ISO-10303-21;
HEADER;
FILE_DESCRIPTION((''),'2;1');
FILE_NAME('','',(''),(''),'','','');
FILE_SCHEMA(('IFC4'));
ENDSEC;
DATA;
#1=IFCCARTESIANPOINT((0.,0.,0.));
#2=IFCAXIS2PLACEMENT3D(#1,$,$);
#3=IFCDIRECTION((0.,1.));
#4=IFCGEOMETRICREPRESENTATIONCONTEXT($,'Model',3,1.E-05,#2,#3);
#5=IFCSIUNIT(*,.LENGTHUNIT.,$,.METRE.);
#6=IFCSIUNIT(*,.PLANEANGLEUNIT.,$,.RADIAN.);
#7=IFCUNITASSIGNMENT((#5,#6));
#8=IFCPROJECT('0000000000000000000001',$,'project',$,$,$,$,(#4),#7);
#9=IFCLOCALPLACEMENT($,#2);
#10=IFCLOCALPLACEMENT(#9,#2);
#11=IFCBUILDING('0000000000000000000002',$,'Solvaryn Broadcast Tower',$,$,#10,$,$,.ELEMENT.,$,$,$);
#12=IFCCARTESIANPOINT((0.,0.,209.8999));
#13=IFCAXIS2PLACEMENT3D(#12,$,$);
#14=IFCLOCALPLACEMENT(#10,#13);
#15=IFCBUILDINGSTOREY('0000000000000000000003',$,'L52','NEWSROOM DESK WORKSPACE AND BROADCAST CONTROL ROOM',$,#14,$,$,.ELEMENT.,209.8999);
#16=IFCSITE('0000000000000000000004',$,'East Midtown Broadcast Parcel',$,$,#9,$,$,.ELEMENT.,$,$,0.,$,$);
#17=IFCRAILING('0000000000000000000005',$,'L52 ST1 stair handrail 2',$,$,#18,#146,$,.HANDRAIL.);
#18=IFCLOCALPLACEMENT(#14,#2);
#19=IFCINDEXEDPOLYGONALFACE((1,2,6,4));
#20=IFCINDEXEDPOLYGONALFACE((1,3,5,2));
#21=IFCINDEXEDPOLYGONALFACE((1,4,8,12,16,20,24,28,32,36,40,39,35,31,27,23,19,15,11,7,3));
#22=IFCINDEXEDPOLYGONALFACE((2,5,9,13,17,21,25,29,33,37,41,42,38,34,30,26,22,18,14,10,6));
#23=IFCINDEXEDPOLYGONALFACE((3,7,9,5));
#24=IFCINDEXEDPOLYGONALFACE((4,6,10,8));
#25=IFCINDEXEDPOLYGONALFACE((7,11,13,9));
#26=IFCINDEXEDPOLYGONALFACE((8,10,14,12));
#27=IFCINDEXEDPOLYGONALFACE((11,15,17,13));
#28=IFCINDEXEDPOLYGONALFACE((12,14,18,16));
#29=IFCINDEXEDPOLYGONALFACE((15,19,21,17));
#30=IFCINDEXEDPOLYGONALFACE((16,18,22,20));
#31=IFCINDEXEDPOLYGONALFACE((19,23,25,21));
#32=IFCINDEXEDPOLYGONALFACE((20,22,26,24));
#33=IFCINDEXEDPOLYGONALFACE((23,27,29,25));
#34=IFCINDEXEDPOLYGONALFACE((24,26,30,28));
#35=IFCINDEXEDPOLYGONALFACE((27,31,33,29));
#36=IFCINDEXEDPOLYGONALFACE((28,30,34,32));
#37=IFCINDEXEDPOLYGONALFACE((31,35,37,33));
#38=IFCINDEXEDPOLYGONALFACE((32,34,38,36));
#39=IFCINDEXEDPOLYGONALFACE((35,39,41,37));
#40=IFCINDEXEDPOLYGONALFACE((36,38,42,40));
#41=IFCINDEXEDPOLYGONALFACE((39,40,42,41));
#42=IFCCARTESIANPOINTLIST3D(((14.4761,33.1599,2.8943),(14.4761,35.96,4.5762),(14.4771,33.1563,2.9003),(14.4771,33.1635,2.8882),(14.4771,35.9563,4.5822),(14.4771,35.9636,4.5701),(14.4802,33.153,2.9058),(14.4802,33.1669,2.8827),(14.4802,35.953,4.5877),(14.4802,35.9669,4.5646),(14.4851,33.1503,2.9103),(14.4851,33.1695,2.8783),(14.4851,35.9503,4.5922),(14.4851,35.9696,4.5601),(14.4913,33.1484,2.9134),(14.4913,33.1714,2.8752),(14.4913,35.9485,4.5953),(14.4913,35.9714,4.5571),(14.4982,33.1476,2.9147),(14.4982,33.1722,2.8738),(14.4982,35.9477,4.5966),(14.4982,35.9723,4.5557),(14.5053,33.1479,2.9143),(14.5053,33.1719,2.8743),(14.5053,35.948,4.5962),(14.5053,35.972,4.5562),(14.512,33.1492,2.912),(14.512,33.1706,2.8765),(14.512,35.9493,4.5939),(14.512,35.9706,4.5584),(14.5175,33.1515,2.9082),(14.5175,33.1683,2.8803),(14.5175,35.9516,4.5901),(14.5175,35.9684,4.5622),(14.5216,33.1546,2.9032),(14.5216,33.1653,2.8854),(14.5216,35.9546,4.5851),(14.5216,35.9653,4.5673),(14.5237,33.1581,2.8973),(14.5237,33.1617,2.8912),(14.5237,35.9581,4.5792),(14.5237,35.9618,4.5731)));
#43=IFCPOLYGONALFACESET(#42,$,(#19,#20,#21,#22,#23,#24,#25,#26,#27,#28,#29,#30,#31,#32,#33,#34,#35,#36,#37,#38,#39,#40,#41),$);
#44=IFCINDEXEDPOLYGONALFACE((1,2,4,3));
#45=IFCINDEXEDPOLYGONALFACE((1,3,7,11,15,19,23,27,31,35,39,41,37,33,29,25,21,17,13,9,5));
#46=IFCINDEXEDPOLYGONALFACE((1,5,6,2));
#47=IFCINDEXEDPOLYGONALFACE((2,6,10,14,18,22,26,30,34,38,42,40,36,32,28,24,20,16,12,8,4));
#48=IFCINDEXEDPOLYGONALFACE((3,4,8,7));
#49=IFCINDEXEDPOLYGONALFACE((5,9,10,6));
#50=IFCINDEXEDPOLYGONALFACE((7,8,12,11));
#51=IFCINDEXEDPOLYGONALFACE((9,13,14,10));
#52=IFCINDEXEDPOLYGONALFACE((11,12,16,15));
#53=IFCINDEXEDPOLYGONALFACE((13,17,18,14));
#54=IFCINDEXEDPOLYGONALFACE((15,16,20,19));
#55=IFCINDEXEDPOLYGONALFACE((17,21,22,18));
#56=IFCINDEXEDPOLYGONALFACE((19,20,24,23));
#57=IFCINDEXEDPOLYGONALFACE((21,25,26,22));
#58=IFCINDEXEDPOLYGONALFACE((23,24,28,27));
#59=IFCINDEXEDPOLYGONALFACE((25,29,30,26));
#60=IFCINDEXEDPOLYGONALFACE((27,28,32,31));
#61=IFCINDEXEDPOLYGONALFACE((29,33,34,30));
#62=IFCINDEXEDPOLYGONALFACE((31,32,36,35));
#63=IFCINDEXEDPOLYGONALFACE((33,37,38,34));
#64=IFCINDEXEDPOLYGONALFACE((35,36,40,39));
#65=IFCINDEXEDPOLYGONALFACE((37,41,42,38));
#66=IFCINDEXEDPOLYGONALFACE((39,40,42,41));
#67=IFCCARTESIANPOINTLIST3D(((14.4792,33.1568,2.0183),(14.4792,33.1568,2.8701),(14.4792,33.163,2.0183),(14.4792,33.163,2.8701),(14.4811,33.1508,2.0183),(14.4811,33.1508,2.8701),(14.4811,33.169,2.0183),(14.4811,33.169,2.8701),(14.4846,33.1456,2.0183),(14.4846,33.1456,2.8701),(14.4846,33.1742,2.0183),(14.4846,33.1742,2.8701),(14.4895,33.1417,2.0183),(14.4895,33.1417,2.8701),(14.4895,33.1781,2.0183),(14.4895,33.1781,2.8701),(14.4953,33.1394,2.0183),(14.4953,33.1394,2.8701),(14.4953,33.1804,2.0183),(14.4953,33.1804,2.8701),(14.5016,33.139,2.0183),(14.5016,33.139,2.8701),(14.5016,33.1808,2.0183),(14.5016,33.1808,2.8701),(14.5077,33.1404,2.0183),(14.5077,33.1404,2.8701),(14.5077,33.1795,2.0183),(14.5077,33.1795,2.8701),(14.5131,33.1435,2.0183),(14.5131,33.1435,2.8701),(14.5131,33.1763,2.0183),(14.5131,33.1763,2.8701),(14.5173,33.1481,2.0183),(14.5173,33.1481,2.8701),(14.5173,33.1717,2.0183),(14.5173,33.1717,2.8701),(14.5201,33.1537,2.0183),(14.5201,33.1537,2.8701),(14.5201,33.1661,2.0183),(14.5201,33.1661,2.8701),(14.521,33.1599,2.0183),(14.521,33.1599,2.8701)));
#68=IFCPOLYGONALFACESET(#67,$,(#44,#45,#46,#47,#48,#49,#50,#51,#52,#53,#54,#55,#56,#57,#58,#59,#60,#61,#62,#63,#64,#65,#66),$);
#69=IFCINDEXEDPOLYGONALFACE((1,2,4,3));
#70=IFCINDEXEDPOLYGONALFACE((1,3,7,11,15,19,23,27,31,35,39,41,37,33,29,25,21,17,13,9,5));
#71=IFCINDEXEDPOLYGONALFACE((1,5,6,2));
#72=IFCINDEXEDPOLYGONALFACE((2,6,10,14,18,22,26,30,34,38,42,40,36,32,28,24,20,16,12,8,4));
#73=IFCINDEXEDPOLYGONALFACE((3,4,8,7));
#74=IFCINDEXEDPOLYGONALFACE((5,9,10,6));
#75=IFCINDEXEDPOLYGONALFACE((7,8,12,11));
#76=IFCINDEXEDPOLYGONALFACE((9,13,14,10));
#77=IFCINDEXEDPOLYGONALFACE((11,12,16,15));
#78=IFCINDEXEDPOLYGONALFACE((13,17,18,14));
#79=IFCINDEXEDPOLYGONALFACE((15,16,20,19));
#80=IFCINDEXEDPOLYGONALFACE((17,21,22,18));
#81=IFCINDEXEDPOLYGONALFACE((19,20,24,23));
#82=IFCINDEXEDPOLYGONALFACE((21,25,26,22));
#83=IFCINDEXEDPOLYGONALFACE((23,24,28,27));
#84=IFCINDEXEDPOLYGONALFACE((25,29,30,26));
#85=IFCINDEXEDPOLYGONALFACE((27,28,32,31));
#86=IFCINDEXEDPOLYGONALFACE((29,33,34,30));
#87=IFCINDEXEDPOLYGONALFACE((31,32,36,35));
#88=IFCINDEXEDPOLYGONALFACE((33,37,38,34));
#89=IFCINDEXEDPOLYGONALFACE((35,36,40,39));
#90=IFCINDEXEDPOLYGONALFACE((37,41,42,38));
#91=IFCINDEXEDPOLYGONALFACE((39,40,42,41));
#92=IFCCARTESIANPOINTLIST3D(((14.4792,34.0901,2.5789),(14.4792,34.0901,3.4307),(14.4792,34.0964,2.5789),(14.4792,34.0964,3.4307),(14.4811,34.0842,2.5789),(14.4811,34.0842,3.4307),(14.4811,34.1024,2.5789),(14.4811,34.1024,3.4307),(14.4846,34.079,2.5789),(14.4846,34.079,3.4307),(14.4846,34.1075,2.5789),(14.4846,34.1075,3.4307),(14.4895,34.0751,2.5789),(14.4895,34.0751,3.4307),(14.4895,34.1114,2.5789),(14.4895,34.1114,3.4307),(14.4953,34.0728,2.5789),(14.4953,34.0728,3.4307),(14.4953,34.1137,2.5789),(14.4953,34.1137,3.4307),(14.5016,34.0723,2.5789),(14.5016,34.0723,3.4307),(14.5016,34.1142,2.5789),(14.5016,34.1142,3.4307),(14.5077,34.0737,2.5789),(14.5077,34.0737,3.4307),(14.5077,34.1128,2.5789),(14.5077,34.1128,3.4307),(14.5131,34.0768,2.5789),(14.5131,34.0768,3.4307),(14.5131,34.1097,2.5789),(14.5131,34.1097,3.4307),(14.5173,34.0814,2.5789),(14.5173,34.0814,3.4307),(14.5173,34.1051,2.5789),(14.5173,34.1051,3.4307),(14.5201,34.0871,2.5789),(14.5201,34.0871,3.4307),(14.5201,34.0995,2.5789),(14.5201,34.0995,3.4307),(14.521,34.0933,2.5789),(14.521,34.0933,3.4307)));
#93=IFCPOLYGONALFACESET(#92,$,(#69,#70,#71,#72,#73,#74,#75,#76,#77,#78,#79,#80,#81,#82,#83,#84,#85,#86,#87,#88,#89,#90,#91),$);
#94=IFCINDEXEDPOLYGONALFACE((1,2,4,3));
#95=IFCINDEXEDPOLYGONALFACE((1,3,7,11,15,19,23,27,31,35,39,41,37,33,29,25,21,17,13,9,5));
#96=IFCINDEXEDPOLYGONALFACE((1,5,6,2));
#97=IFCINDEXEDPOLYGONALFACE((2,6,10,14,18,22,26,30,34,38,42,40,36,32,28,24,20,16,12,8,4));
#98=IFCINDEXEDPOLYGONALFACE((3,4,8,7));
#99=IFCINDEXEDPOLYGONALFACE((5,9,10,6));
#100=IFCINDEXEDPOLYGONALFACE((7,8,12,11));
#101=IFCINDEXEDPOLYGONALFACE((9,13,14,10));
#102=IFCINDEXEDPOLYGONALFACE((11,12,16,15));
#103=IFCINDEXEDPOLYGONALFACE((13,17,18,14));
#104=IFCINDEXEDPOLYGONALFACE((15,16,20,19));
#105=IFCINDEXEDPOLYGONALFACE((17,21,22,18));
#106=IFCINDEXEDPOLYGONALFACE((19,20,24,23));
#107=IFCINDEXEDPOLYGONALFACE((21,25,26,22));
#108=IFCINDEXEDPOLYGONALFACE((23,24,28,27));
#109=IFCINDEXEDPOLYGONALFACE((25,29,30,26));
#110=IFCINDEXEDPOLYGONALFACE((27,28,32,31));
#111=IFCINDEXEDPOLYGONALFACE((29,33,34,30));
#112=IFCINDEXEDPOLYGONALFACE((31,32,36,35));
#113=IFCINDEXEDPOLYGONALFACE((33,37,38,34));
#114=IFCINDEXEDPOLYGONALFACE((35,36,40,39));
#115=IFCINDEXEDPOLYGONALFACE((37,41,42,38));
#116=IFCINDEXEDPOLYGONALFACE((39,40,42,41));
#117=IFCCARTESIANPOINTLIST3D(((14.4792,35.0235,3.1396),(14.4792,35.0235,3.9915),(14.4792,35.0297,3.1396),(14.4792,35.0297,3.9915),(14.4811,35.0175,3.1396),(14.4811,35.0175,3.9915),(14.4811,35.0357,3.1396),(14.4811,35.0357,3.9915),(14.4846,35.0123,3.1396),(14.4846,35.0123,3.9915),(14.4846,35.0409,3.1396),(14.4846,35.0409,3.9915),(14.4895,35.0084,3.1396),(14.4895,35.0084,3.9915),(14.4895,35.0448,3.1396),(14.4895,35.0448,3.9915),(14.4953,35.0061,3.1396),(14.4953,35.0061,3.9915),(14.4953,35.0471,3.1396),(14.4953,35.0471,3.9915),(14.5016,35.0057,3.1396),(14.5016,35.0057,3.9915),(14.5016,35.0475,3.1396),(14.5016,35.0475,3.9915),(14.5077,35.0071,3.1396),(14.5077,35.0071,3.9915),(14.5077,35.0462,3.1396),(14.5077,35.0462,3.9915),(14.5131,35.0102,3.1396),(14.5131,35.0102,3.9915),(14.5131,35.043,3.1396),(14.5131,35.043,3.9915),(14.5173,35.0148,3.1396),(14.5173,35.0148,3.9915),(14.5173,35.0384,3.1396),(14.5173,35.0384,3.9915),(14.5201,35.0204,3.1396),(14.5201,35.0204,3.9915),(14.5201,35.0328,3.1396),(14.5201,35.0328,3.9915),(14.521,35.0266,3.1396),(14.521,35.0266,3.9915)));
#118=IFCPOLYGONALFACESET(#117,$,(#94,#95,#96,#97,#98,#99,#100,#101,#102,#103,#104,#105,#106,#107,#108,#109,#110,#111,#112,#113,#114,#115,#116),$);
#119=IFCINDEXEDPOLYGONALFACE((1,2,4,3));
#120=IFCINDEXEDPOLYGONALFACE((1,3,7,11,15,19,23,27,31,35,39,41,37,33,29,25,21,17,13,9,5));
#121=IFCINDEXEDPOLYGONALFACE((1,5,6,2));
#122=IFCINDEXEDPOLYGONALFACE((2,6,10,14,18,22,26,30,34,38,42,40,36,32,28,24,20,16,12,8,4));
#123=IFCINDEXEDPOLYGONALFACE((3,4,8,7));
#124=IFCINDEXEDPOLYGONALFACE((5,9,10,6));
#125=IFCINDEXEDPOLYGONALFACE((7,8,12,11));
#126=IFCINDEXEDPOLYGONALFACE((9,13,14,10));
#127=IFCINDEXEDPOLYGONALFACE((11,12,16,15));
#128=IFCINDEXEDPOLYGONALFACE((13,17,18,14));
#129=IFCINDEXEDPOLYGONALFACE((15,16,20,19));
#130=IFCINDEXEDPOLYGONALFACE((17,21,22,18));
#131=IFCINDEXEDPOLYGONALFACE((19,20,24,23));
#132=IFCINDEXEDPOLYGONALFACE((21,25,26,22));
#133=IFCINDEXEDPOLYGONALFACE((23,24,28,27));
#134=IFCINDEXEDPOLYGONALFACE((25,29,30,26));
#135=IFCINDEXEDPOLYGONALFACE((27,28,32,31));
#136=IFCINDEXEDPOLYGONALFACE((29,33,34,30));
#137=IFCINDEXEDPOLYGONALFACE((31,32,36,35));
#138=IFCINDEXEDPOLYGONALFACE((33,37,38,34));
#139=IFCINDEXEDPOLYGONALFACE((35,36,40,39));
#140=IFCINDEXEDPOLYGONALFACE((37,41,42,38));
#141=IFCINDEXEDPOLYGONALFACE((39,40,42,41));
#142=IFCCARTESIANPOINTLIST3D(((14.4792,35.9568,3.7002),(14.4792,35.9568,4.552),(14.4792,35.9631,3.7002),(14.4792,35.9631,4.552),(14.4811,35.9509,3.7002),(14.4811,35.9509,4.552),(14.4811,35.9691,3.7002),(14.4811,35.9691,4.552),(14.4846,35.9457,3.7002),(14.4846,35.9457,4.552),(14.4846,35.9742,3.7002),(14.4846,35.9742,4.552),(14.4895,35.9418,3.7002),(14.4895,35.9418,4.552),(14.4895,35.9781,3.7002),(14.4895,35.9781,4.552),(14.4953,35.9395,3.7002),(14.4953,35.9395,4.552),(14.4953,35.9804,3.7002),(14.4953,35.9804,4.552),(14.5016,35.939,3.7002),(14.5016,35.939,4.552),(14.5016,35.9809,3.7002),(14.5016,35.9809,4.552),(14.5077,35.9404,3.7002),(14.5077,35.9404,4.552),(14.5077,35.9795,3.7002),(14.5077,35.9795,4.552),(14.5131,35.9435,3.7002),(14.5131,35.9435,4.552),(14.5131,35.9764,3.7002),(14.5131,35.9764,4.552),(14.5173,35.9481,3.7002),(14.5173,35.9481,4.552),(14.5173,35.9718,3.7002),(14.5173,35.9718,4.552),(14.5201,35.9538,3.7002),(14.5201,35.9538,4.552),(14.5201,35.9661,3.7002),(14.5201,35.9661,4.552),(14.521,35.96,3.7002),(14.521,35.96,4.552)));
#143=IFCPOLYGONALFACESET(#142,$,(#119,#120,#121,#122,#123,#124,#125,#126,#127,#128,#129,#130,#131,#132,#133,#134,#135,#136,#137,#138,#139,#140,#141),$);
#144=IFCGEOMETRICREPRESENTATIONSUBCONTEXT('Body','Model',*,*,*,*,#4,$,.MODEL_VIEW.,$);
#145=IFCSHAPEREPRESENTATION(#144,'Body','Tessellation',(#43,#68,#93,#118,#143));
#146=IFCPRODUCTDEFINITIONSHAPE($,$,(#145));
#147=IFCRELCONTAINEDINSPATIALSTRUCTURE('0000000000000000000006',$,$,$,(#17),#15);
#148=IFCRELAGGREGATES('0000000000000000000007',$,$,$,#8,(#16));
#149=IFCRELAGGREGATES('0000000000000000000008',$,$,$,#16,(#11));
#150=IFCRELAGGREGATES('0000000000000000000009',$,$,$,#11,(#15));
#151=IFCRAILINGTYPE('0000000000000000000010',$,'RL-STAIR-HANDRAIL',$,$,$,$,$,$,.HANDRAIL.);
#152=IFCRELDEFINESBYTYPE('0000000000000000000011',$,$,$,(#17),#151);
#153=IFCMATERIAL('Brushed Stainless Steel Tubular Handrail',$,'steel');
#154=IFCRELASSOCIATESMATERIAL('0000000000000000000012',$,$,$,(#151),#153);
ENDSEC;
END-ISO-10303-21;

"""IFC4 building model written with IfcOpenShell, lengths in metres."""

from ifc_helpers import new_model, si_unit, direction, frame, origin, origin_2d, place, context, subcontext, project, spatial, circle, extrude, material, type_object, element, save


model = new_model("IFC4")

# Units and contexts
model_context = context("Model", 3, precision=1e-05, world=origin(), true_north=direction((0.0, 1.0)))
body_context = subcontext(model_context, "Body", "Model", "MODEL_VIEW")
ifc_project = project(units=[si_unit("LENGTHUNIT", "METRE"), si_unit("PLANEANGLEUNIT", "RADIAN")], contexts=[model_context])

# Site, building, storey
site_placement = place(None, origin())
site = spatial("IfcSite", under=ifc_project, at=site_placement, Name="East Midtown Broadcast Parcel", CompositionType="ELEMENT", RefElevation=0.0)
building_placement = place(site_placement, origin())
building = spatial("IfcBuilding", under=site, at=building_placement, Name="Solvaryn Broadcast Tower", CompositionType="ELEMENT")
storey_placement = place(building_placement, frame((0.0, 0.0, 209.8999)))
storey = spatial("IfcBuildingStorey", under=building, at=storey_placement, Name="L52", Description="NEWSROOM DESK WORKSPACE AND BROADCAST CONTROL ROOM", CompositionType="ELEMENT", Elevation=209.8999)

# Railing
ifc_material_1 = material(Name="Brushed Stainless Steel Tubular Handrail", Category="steel")
railing_type_1 = type_object("IfcRailingType", Name="RL-STAIR-HANDRAIL", PredefinedType="HANDRAIL", material=ifc_material_1)
railing_1_placement = place(storey_placement, frame((14.5, 33.1599, 2.0183)))
element("IfcRailing", 1, at=railing_1_placement, inside=storey, type_object=railing_type_1, Name="L52 ST1 stair handrail 2", PredefinedType="HANDRAIL", context=body_context, shape_type="SweptSolid", body=[
    extrude(circle(Radius=0.0239, at=origin_2d()), frame((0.0, 0.0, 0.876), z_axis=(0.0, 0.857242, 0.514913), x_axis=(-1.0, 0.0, 0.0)), (0.0, 0.0, 1.0), 3.2664),
    extrude(circle(Radius=0.021, at=origin_2d()), origin(), (0.0, 0.0, 1.0), 0.8518),
    extrude(circle(Radius=0.021, at=origin_2d()), frame((0.0, 0.9333, 0.5605)), (0.0, 0.0, 1.0), 0.8518),
    extrude(circle(Radius=0.021, at=origin_2d()), frame((0.0, 1.8667, 1.1213)), (0.0, 0.0, 1.0), 0.8518),
    extrude(circle(Radius=0.021, at=origin_2d()), frame((0.0, 2.8, 1.6819)), (0.0, 0.0, 1.0), 0.8518),
])

save(model, "model.ifc")
